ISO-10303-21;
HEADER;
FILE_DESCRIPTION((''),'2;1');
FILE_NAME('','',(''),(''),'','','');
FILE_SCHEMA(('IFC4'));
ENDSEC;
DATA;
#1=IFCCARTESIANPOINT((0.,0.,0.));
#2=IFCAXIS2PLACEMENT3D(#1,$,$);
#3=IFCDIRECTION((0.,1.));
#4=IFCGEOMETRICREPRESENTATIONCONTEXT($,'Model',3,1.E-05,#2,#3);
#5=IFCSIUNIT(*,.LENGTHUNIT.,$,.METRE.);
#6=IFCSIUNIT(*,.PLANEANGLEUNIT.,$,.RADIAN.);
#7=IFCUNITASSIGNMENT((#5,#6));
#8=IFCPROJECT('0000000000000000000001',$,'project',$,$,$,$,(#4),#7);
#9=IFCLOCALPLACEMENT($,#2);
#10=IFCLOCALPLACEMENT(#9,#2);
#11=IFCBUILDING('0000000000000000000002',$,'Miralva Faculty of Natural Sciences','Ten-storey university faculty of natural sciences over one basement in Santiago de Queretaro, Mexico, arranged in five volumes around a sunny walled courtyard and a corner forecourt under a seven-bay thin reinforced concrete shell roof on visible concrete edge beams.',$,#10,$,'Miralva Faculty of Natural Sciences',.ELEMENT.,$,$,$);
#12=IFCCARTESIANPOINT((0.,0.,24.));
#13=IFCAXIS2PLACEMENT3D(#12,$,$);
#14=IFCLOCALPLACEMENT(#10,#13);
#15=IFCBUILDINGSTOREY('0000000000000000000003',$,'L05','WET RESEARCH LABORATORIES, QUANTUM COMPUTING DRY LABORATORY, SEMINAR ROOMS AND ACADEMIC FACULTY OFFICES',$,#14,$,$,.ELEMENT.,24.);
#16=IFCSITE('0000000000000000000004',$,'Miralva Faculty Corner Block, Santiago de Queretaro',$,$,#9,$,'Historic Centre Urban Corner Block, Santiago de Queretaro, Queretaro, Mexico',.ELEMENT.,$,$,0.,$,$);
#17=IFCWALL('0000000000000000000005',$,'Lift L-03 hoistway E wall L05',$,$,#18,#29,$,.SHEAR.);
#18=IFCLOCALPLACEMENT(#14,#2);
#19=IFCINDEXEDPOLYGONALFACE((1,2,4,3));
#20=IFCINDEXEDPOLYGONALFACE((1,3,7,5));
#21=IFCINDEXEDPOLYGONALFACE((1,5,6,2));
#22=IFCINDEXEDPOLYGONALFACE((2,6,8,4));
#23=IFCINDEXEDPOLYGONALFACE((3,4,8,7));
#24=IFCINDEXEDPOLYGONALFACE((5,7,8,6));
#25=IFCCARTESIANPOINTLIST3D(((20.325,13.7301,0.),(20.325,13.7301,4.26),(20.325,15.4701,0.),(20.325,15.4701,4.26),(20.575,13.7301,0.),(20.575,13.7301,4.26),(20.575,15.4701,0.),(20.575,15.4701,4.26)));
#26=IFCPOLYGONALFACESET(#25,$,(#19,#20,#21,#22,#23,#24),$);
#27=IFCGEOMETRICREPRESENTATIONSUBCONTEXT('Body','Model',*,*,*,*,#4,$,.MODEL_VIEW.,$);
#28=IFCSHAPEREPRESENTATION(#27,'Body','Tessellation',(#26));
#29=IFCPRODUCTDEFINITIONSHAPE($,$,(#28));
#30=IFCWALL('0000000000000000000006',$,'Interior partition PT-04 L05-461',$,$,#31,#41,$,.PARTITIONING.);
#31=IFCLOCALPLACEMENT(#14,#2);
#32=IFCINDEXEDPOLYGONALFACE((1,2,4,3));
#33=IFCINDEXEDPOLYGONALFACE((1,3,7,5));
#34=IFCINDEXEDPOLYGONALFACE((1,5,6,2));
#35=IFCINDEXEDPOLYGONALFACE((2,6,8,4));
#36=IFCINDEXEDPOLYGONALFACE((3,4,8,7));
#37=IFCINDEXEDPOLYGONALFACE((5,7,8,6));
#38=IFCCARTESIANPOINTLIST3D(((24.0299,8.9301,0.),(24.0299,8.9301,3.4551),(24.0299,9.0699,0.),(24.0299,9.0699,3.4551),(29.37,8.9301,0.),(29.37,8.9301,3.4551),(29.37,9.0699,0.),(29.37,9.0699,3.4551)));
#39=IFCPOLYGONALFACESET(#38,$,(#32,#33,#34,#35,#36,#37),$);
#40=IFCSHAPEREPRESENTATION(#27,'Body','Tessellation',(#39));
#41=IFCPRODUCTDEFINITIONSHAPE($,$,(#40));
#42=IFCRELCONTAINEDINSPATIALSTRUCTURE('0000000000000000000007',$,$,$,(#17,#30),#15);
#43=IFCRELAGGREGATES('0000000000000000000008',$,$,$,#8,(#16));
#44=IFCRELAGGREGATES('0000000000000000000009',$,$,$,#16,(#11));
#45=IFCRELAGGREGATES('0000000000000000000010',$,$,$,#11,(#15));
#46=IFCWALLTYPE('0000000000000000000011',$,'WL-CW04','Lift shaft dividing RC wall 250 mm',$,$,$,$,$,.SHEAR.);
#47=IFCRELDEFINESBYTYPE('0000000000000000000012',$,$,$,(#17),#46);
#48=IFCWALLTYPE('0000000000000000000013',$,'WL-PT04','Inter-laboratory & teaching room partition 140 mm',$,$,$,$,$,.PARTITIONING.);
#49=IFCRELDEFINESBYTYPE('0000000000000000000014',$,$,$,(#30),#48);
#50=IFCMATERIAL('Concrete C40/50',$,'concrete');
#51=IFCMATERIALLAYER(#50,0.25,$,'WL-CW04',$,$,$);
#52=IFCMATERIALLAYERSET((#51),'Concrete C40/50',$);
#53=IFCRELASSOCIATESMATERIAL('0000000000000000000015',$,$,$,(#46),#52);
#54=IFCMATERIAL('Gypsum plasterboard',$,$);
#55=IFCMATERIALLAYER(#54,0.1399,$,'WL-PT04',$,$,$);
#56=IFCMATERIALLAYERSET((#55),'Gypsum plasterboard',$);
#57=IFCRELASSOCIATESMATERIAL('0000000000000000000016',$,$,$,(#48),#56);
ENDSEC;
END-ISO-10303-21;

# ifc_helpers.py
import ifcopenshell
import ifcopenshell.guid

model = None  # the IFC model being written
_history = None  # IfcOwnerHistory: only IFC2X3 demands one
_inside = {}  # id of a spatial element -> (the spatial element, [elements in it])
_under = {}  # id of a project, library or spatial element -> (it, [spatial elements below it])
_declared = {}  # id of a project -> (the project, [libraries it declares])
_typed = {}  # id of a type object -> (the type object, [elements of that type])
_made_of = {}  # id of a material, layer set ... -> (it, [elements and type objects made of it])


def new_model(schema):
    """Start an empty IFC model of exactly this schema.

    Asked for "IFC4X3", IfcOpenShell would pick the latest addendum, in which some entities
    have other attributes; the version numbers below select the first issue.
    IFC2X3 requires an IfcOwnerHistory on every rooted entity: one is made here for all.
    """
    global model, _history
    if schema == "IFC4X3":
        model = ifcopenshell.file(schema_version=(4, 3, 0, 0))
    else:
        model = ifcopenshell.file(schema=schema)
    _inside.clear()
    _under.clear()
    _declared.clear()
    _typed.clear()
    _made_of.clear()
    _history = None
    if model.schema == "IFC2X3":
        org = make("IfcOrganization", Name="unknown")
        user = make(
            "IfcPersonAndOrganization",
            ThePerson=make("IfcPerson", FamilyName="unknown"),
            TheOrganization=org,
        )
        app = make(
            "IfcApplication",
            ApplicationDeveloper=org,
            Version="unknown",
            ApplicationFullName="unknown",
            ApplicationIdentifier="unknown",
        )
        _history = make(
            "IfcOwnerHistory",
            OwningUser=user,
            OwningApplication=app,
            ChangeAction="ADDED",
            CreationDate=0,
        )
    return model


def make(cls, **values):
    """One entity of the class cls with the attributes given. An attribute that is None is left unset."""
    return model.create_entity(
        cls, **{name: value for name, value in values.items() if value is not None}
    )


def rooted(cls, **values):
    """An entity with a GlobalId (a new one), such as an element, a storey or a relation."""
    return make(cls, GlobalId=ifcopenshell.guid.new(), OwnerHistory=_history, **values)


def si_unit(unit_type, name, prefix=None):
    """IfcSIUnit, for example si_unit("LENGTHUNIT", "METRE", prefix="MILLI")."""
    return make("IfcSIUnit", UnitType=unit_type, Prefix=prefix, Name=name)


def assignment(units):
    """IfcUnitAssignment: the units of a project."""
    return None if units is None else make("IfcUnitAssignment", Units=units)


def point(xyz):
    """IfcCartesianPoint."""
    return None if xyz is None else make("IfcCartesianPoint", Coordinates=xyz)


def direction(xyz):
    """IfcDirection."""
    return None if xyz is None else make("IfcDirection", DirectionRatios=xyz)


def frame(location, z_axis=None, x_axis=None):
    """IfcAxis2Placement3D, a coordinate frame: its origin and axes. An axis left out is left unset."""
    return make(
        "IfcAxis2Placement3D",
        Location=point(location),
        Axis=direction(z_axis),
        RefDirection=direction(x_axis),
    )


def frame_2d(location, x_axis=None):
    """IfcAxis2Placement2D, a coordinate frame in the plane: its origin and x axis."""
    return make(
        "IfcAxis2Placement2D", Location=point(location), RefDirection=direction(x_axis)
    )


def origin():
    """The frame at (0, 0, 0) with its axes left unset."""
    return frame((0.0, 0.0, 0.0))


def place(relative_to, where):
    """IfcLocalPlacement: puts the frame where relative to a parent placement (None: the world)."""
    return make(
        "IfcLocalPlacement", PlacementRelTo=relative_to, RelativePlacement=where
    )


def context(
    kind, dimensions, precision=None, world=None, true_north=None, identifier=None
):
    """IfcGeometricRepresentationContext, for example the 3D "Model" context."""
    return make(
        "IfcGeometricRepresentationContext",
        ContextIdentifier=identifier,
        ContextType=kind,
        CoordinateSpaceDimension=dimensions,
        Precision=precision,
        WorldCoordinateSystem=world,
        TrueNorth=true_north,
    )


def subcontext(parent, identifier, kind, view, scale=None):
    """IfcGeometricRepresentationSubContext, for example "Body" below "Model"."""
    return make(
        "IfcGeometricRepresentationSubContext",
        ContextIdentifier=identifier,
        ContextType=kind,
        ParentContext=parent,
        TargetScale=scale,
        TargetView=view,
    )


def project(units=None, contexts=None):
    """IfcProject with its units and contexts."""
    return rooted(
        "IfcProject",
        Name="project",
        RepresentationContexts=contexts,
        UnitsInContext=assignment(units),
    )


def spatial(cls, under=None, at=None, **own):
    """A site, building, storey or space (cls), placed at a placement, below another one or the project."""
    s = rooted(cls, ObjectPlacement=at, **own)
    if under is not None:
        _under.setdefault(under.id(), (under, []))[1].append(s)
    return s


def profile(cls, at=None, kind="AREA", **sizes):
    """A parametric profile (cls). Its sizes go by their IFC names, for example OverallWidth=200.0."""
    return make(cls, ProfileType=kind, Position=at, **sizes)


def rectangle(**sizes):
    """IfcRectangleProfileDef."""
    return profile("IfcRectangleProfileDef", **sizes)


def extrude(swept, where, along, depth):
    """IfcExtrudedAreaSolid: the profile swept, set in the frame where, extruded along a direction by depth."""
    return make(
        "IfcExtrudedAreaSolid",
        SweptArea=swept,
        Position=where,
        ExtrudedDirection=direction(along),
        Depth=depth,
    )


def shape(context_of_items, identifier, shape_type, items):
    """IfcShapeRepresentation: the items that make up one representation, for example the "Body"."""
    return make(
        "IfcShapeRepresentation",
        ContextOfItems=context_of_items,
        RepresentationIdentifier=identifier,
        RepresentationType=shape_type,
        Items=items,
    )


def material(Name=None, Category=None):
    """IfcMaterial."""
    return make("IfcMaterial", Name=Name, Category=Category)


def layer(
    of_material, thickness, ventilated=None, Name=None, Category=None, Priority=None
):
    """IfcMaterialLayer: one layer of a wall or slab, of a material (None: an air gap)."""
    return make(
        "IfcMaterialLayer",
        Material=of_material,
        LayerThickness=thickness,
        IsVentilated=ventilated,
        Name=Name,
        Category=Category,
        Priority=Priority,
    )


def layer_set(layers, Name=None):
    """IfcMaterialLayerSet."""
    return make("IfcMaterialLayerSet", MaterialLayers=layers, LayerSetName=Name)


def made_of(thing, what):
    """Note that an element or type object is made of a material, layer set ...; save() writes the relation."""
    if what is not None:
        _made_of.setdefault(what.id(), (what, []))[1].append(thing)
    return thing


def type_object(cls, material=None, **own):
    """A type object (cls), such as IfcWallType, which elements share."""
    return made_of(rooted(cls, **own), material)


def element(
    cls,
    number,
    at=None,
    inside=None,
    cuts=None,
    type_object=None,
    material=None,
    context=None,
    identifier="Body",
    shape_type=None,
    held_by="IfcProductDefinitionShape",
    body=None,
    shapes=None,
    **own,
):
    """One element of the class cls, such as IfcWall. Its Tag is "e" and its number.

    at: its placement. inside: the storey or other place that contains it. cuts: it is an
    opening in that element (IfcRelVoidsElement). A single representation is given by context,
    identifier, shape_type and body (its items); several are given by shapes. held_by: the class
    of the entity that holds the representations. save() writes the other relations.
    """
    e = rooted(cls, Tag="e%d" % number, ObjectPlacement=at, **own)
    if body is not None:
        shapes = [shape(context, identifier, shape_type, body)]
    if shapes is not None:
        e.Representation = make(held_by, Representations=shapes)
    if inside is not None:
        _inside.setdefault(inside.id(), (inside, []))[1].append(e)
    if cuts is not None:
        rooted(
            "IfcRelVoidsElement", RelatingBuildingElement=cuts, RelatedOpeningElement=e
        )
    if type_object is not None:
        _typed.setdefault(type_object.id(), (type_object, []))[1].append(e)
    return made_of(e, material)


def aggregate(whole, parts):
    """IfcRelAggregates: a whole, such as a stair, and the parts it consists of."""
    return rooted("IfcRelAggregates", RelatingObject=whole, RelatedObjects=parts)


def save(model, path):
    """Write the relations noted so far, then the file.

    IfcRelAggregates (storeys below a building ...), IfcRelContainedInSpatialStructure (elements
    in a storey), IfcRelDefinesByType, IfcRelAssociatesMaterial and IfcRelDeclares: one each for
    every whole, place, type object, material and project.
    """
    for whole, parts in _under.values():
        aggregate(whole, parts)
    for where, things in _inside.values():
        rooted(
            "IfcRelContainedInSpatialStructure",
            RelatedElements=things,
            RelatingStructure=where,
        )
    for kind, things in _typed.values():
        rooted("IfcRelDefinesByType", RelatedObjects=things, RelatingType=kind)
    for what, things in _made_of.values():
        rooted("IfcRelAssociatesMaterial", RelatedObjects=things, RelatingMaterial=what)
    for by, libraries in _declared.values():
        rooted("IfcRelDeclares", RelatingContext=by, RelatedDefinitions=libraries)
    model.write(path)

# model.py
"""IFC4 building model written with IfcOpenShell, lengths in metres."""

from ifc_helpers import new_model, si_unit, direction, frame, frame_2d, origin, place, context, subcontext, project, spatial, rectangle, extrude, material, layer, layer_set, type_object, element, save


model = new_model("IFC4")

# Units and contexts
model_context = context("Model", 3, precision=1e-05, world=origin(), true_north=direction((0.0, 1.0)))
body_context = subcontext(model_context, "Body", "Model", "MODEL_VIEW")
ifc_project = project(units=[si_unit("LENGTHUNIT", "METRE"), si_unit("PLANEANGLEUNIT", "RADIAN")], contexts=[model_context])

# Site, building, storey
site_placement = place(None, origin())
site = spatial("IfcSite", under=ifc_project, at=site_placement, Name="Miralva Faculty Corner Block, Santiago de Queretaro", LongName="Historic Centre Urban Corner Block, Santiago de Queretaro, Queretaro, Mexico", CompositionType="ELEMENT", RefElevation=0.0)
building_placement = place(site_placement, origin())
building = spatial("IfcBuilding", under=site, at=building_placement, Name="Miralva Faculty of Natural Sciences", Description="Ten-storey university faculty of natural sciences over one basement in Santiago de Queretaro, Mexico, arranged in five volumes around a sunny walled courtyard and a corner forecourt under a seven-bay thin reinforced concrete shell roof on visible concrete edge beams.", LongName="Miralva Faculty of Natural Sciences", CompositionType="ELEMENT")
storey_placement = place(building_placement, frame((0.0, 0.0, 24.0)))
storey = spatial("IfcBuildingStorey", under=building, at=storey_placement, Name="L05", Description="WET RESEARCH LABORATORIES, QUANTUM COMPUTING DRY LABORATORY, SEMINAR ROOMS AND ACADEMIC FACULTY OFFICES", CompositionType="ELEMENT", Elevation=24.0)

# Shared definitions
ifc_material_1 = material(Name="Concrete C40/50", Category="concrete")

# Walls
ifc_layer_1 = layer(ifc_material_1, 0.25, Name="WL-CW04")
ifc_layer_set_1 = layer_set([ifc_layer_1], Name="Concrete C40/50")
wall_type_1 = type_object("IfcWallType", Name="WL-CW04", Description="Lift shaft dividing RC wall 250 mm", PredefinedType="SHEAR", material=ifc_layer_set_1)
wall_1_placement = place(storey_placement, frame((20.45, 13.73, 0.0), z_axis=(0.0, 0.0, 1.0), x_axis=(0.0, 1.0, 0.0)))
element("IfcWall", 1, at=wall_1_placement, inside=storey, type_object=wall_type_1, Name="Lift L-03 hoistway E wall L05", PredefinedType="SHEAR", context=body_context, shape_type="SweptSolid", body=[
    extrude(rectangle(XDim=1.74, YDim=0.25, at=frame_2d((0.8701, 0.0))), origin(), (0.0, 0.0, 1.0), 4.26),
])
ifc_material_2 = material(Name="Gypsum plasterboard")
ifc_layer_2 = layer(ifc_material_2, 0.1399, Name="WL-PT04")
ifc_layer_set_2 = layer_set([ifc_layer_2], Name="Gypsum plasterboard")
wall_type_2 = type_object("IfcWallType", Name="WL-PT04", Description="Inter-laboratory & teaching room partition 140 mm", PredefinedType="PARTITIONING", material=ifc_layer_set_2)
wall_2_placement = place(storey_placement, frame((24.03, 9.0, 0.0), z_axis=(0.0, 0.0, 1.0), x_axis=(1.0, 0.0, 0.0)))
element("IfcWall", 2, at=wall_2_placement, inside=storey, type_object=wall_type_2, Name="Interior partition PT-04 L05-461", PredefinedType="PARTITIONING", context=body_context, shape_type="SweptSolid", body=[
    extrude(rectangle(XDim=5.3401, YDim=0.1399, at=frame_2d((2.6699, 0.0))), origin(), (0.0, 0.0, 1.0), 3.4551),
])

save(model, "model.ifc")
